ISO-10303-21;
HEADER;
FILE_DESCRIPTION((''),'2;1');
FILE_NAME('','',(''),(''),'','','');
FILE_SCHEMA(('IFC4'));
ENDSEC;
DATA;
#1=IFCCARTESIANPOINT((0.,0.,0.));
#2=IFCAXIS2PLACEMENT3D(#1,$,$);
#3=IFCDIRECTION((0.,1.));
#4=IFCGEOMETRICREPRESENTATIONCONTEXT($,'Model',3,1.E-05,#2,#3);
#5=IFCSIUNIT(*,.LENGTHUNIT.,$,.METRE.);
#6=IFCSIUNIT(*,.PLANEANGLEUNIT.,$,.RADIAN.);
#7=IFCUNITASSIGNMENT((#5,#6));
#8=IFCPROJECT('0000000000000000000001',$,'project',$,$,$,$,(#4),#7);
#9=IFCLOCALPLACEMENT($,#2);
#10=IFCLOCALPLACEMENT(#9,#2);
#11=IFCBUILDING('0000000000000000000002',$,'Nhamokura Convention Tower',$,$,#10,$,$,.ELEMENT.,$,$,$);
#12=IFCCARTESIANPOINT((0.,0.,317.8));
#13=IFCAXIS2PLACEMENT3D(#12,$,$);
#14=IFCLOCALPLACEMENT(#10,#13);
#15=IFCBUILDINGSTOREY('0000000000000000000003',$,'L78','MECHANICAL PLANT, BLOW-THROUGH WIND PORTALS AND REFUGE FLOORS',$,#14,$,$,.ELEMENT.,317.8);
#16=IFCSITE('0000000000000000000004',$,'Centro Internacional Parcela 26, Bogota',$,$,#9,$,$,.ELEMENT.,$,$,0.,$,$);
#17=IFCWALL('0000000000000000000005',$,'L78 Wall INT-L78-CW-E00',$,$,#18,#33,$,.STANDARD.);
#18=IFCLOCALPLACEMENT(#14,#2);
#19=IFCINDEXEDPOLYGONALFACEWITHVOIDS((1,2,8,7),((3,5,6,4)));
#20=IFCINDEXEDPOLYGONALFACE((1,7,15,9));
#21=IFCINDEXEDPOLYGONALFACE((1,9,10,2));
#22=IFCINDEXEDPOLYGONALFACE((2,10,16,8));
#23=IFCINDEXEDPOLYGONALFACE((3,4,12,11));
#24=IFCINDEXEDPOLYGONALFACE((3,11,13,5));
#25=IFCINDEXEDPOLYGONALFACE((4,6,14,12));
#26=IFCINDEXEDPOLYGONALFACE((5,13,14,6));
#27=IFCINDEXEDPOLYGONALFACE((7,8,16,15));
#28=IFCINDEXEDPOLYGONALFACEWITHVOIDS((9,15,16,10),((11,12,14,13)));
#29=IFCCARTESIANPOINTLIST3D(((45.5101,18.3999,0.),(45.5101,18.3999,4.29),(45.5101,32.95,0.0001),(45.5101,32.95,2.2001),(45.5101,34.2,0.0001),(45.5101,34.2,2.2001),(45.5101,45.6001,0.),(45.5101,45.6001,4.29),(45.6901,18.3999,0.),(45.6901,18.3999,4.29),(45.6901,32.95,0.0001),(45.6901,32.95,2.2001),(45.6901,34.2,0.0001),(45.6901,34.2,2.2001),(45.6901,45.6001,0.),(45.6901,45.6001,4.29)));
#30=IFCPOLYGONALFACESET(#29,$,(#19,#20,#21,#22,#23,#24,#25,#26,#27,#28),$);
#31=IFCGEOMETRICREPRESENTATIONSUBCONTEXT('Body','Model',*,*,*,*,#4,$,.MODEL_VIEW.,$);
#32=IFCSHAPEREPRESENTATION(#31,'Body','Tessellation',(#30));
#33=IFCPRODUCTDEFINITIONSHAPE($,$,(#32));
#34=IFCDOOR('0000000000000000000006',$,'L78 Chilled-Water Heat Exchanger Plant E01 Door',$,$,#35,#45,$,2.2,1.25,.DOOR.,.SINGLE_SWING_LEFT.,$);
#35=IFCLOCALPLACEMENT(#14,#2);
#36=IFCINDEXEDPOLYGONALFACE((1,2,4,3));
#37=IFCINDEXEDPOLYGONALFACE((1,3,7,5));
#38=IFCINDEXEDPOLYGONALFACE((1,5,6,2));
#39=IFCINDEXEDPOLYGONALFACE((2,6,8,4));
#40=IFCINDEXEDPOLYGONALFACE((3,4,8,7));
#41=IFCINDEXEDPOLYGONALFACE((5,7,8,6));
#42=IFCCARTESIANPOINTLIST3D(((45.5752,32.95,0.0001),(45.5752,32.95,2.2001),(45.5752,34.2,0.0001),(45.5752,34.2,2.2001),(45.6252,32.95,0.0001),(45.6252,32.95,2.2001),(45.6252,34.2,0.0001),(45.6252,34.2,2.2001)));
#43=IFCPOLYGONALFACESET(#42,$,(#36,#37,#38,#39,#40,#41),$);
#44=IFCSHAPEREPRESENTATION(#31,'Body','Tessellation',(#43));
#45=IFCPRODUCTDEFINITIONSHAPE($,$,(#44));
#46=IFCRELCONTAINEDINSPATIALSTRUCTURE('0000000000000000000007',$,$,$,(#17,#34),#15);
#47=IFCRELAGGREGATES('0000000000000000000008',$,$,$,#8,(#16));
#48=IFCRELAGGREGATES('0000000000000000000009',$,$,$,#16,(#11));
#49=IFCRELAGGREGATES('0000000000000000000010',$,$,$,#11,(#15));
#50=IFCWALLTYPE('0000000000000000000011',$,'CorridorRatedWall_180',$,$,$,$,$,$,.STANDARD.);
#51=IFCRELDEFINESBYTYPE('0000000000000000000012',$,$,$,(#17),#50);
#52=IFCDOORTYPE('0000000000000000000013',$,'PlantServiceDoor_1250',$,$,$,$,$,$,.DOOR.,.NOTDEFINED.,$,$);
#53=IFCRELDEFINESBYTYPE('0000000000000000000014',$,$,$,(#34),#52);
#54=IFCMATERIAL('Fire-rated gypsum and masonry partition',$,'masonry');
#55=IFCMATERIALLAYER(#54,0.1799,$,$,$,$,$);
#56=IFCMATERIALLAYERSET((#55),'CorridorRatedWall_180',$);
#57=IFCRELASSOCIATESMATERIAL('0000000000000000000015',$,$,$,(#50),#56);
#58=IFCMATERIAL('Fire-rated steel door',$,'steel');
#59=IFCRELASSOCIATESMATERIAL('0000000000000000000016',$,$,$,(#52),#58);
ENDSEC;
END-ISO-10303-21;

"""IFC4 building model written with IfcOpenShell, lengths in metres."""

from ifc_helpers import new_model, si_unit, direction, frame, frame_2d, origin, place, context, subcontext, project, spatial, rectangle, extrude, material, layer, layer_set, type_object, element, fill, save


model = new_model("IFC4")

# Units and contexts
model_context = context("Model", 3, precision=1e-05, world=origin(), true_north=direction((0.0, 1.0)))
body_context = subcontext(model_context, "Body", "Model", "MODEL_VIEW")
ifc_project = project(units=[si_unit("LENGTHUNIT", "METRE"), si_unit("PLANEANGLEUNIT", "RADIAN")], contexts=[model_context])

# Site, building, storey
site_placement = place(None, origin())
site = spatial("IfcSite", under=ifc_project, at=site_placement, Name="Centro Internacional Parcela 26, Bogota", CompositionType="ELEMENT", RefElevation=0.0)
building_placement = place(site_placement, origin())
building = spatial("IfcBuilding", under=site, at=building_placement, Name="Nhamokura Convention Tower", CompositionType="ELEMENT")
storey_placement = place(building_placement, frame((0.0, 0.0, 317.8)))
storey = spatial("IfcBuildingStorey", under=building, at=storey_placement, Name="L78", Description="MECHANICAL PLANT, BLOW-THROUGH WIND PORTALS AND REFUGE FLOORS", CompositionType="ELEMENT", Elevation=317.8)

# Wall, opening, door
ifc_material_1 = material(Name="Fire-rated gypsum and masonry partition", Category="masonry")
ifc_layer_1 = layer(ifc_material_1, 0.1799)
ifc_layer_set_1 = layer_set([ifc_layer_1], Name="CorridorRatedWall_180")
wall_type_1 = type_object("IfcWallType", Name="CorridorRatedWall_180", PredefinedType="STANDARD", material=ifc_layer_set_1)
wall_1_placement = place(storey_placement, frame((45.6001, 18.3999, 0.0), z_axis=(0.0, 0.0, 1.0), x_axis=(0.0, 1.0, 0.0)))
wall_1 = element("IfcWall", 1, at=wall_1_placement, inside=storey, type_object=wall_type_1, Name="L78 Wall INT-L78-CW-E00", PredefinedType="STANDARD", context=body_context, shape_type="SweptSolid", body=[
    extrude(rectangle(XDim=27.2002, YDim=0.1799, at=frame_2d((13.6001, 0.0))), origin(), (0.0, 0.0, 1.0), 4.29),
])
opening_1_placement = place(wall_1_placement, frame((14.55, 0.0, 0.0)))
opening_1 = element("IfcOpeningElement", 2, at=opening_1_placement, cuts=wall_1, PredefinedType="OPENING", context=body_context, shape_type="SweptSolid", body=[
    extrude(rectangle(XDim=1.25, YDim=2.2, at=frame_2d((0.625, 1.1001))), frame((0.0, 0.0999, 0.0), z_axis=(0.0, -1.0, 0.0), x_axis=(1.0, 0.0, 0.0)), (0.0, 0.0, 1.0), 0.2),
])
ifc_material_2 = material(Name="Fire-rated steel door", Category="steel")
door_type_1 = type_object("IfcDoorType", Name="PlantServiceDoor_1250", OperationType="NOTDEFINED", PredefinedType="DOOR", material=ifc_material_2)
door_1_placement = place(opening_1_placement, origin())
door_1 = element("IfcDoor", 3, at=door_1_placement, inside=storey, type_object=door_type_1, Name="L78 Chilled-Water Heat Exchanger Plant E01 Door", OperationType="SINGLE_SWING_LEFT", OverallHeight=2.2, OverallWidth=1.25, PredefinedType="DOOR", context=body_context, shape_type="SweptSolid", body=[
    extrude(rectangle(XDim=1.25, YDim=2.2, at=frame_2d((0.625, 1.1001))), frame((0.0, 0.0249, 0.0), z_axis=(0.0, -1.0, 0.0), x_axis=(1.0, 0.0, 0.0)), (0.0, 0.0, 1.0), 0.05),
])
fill(opening_1, door_1)

save(model, "model.ifc")
